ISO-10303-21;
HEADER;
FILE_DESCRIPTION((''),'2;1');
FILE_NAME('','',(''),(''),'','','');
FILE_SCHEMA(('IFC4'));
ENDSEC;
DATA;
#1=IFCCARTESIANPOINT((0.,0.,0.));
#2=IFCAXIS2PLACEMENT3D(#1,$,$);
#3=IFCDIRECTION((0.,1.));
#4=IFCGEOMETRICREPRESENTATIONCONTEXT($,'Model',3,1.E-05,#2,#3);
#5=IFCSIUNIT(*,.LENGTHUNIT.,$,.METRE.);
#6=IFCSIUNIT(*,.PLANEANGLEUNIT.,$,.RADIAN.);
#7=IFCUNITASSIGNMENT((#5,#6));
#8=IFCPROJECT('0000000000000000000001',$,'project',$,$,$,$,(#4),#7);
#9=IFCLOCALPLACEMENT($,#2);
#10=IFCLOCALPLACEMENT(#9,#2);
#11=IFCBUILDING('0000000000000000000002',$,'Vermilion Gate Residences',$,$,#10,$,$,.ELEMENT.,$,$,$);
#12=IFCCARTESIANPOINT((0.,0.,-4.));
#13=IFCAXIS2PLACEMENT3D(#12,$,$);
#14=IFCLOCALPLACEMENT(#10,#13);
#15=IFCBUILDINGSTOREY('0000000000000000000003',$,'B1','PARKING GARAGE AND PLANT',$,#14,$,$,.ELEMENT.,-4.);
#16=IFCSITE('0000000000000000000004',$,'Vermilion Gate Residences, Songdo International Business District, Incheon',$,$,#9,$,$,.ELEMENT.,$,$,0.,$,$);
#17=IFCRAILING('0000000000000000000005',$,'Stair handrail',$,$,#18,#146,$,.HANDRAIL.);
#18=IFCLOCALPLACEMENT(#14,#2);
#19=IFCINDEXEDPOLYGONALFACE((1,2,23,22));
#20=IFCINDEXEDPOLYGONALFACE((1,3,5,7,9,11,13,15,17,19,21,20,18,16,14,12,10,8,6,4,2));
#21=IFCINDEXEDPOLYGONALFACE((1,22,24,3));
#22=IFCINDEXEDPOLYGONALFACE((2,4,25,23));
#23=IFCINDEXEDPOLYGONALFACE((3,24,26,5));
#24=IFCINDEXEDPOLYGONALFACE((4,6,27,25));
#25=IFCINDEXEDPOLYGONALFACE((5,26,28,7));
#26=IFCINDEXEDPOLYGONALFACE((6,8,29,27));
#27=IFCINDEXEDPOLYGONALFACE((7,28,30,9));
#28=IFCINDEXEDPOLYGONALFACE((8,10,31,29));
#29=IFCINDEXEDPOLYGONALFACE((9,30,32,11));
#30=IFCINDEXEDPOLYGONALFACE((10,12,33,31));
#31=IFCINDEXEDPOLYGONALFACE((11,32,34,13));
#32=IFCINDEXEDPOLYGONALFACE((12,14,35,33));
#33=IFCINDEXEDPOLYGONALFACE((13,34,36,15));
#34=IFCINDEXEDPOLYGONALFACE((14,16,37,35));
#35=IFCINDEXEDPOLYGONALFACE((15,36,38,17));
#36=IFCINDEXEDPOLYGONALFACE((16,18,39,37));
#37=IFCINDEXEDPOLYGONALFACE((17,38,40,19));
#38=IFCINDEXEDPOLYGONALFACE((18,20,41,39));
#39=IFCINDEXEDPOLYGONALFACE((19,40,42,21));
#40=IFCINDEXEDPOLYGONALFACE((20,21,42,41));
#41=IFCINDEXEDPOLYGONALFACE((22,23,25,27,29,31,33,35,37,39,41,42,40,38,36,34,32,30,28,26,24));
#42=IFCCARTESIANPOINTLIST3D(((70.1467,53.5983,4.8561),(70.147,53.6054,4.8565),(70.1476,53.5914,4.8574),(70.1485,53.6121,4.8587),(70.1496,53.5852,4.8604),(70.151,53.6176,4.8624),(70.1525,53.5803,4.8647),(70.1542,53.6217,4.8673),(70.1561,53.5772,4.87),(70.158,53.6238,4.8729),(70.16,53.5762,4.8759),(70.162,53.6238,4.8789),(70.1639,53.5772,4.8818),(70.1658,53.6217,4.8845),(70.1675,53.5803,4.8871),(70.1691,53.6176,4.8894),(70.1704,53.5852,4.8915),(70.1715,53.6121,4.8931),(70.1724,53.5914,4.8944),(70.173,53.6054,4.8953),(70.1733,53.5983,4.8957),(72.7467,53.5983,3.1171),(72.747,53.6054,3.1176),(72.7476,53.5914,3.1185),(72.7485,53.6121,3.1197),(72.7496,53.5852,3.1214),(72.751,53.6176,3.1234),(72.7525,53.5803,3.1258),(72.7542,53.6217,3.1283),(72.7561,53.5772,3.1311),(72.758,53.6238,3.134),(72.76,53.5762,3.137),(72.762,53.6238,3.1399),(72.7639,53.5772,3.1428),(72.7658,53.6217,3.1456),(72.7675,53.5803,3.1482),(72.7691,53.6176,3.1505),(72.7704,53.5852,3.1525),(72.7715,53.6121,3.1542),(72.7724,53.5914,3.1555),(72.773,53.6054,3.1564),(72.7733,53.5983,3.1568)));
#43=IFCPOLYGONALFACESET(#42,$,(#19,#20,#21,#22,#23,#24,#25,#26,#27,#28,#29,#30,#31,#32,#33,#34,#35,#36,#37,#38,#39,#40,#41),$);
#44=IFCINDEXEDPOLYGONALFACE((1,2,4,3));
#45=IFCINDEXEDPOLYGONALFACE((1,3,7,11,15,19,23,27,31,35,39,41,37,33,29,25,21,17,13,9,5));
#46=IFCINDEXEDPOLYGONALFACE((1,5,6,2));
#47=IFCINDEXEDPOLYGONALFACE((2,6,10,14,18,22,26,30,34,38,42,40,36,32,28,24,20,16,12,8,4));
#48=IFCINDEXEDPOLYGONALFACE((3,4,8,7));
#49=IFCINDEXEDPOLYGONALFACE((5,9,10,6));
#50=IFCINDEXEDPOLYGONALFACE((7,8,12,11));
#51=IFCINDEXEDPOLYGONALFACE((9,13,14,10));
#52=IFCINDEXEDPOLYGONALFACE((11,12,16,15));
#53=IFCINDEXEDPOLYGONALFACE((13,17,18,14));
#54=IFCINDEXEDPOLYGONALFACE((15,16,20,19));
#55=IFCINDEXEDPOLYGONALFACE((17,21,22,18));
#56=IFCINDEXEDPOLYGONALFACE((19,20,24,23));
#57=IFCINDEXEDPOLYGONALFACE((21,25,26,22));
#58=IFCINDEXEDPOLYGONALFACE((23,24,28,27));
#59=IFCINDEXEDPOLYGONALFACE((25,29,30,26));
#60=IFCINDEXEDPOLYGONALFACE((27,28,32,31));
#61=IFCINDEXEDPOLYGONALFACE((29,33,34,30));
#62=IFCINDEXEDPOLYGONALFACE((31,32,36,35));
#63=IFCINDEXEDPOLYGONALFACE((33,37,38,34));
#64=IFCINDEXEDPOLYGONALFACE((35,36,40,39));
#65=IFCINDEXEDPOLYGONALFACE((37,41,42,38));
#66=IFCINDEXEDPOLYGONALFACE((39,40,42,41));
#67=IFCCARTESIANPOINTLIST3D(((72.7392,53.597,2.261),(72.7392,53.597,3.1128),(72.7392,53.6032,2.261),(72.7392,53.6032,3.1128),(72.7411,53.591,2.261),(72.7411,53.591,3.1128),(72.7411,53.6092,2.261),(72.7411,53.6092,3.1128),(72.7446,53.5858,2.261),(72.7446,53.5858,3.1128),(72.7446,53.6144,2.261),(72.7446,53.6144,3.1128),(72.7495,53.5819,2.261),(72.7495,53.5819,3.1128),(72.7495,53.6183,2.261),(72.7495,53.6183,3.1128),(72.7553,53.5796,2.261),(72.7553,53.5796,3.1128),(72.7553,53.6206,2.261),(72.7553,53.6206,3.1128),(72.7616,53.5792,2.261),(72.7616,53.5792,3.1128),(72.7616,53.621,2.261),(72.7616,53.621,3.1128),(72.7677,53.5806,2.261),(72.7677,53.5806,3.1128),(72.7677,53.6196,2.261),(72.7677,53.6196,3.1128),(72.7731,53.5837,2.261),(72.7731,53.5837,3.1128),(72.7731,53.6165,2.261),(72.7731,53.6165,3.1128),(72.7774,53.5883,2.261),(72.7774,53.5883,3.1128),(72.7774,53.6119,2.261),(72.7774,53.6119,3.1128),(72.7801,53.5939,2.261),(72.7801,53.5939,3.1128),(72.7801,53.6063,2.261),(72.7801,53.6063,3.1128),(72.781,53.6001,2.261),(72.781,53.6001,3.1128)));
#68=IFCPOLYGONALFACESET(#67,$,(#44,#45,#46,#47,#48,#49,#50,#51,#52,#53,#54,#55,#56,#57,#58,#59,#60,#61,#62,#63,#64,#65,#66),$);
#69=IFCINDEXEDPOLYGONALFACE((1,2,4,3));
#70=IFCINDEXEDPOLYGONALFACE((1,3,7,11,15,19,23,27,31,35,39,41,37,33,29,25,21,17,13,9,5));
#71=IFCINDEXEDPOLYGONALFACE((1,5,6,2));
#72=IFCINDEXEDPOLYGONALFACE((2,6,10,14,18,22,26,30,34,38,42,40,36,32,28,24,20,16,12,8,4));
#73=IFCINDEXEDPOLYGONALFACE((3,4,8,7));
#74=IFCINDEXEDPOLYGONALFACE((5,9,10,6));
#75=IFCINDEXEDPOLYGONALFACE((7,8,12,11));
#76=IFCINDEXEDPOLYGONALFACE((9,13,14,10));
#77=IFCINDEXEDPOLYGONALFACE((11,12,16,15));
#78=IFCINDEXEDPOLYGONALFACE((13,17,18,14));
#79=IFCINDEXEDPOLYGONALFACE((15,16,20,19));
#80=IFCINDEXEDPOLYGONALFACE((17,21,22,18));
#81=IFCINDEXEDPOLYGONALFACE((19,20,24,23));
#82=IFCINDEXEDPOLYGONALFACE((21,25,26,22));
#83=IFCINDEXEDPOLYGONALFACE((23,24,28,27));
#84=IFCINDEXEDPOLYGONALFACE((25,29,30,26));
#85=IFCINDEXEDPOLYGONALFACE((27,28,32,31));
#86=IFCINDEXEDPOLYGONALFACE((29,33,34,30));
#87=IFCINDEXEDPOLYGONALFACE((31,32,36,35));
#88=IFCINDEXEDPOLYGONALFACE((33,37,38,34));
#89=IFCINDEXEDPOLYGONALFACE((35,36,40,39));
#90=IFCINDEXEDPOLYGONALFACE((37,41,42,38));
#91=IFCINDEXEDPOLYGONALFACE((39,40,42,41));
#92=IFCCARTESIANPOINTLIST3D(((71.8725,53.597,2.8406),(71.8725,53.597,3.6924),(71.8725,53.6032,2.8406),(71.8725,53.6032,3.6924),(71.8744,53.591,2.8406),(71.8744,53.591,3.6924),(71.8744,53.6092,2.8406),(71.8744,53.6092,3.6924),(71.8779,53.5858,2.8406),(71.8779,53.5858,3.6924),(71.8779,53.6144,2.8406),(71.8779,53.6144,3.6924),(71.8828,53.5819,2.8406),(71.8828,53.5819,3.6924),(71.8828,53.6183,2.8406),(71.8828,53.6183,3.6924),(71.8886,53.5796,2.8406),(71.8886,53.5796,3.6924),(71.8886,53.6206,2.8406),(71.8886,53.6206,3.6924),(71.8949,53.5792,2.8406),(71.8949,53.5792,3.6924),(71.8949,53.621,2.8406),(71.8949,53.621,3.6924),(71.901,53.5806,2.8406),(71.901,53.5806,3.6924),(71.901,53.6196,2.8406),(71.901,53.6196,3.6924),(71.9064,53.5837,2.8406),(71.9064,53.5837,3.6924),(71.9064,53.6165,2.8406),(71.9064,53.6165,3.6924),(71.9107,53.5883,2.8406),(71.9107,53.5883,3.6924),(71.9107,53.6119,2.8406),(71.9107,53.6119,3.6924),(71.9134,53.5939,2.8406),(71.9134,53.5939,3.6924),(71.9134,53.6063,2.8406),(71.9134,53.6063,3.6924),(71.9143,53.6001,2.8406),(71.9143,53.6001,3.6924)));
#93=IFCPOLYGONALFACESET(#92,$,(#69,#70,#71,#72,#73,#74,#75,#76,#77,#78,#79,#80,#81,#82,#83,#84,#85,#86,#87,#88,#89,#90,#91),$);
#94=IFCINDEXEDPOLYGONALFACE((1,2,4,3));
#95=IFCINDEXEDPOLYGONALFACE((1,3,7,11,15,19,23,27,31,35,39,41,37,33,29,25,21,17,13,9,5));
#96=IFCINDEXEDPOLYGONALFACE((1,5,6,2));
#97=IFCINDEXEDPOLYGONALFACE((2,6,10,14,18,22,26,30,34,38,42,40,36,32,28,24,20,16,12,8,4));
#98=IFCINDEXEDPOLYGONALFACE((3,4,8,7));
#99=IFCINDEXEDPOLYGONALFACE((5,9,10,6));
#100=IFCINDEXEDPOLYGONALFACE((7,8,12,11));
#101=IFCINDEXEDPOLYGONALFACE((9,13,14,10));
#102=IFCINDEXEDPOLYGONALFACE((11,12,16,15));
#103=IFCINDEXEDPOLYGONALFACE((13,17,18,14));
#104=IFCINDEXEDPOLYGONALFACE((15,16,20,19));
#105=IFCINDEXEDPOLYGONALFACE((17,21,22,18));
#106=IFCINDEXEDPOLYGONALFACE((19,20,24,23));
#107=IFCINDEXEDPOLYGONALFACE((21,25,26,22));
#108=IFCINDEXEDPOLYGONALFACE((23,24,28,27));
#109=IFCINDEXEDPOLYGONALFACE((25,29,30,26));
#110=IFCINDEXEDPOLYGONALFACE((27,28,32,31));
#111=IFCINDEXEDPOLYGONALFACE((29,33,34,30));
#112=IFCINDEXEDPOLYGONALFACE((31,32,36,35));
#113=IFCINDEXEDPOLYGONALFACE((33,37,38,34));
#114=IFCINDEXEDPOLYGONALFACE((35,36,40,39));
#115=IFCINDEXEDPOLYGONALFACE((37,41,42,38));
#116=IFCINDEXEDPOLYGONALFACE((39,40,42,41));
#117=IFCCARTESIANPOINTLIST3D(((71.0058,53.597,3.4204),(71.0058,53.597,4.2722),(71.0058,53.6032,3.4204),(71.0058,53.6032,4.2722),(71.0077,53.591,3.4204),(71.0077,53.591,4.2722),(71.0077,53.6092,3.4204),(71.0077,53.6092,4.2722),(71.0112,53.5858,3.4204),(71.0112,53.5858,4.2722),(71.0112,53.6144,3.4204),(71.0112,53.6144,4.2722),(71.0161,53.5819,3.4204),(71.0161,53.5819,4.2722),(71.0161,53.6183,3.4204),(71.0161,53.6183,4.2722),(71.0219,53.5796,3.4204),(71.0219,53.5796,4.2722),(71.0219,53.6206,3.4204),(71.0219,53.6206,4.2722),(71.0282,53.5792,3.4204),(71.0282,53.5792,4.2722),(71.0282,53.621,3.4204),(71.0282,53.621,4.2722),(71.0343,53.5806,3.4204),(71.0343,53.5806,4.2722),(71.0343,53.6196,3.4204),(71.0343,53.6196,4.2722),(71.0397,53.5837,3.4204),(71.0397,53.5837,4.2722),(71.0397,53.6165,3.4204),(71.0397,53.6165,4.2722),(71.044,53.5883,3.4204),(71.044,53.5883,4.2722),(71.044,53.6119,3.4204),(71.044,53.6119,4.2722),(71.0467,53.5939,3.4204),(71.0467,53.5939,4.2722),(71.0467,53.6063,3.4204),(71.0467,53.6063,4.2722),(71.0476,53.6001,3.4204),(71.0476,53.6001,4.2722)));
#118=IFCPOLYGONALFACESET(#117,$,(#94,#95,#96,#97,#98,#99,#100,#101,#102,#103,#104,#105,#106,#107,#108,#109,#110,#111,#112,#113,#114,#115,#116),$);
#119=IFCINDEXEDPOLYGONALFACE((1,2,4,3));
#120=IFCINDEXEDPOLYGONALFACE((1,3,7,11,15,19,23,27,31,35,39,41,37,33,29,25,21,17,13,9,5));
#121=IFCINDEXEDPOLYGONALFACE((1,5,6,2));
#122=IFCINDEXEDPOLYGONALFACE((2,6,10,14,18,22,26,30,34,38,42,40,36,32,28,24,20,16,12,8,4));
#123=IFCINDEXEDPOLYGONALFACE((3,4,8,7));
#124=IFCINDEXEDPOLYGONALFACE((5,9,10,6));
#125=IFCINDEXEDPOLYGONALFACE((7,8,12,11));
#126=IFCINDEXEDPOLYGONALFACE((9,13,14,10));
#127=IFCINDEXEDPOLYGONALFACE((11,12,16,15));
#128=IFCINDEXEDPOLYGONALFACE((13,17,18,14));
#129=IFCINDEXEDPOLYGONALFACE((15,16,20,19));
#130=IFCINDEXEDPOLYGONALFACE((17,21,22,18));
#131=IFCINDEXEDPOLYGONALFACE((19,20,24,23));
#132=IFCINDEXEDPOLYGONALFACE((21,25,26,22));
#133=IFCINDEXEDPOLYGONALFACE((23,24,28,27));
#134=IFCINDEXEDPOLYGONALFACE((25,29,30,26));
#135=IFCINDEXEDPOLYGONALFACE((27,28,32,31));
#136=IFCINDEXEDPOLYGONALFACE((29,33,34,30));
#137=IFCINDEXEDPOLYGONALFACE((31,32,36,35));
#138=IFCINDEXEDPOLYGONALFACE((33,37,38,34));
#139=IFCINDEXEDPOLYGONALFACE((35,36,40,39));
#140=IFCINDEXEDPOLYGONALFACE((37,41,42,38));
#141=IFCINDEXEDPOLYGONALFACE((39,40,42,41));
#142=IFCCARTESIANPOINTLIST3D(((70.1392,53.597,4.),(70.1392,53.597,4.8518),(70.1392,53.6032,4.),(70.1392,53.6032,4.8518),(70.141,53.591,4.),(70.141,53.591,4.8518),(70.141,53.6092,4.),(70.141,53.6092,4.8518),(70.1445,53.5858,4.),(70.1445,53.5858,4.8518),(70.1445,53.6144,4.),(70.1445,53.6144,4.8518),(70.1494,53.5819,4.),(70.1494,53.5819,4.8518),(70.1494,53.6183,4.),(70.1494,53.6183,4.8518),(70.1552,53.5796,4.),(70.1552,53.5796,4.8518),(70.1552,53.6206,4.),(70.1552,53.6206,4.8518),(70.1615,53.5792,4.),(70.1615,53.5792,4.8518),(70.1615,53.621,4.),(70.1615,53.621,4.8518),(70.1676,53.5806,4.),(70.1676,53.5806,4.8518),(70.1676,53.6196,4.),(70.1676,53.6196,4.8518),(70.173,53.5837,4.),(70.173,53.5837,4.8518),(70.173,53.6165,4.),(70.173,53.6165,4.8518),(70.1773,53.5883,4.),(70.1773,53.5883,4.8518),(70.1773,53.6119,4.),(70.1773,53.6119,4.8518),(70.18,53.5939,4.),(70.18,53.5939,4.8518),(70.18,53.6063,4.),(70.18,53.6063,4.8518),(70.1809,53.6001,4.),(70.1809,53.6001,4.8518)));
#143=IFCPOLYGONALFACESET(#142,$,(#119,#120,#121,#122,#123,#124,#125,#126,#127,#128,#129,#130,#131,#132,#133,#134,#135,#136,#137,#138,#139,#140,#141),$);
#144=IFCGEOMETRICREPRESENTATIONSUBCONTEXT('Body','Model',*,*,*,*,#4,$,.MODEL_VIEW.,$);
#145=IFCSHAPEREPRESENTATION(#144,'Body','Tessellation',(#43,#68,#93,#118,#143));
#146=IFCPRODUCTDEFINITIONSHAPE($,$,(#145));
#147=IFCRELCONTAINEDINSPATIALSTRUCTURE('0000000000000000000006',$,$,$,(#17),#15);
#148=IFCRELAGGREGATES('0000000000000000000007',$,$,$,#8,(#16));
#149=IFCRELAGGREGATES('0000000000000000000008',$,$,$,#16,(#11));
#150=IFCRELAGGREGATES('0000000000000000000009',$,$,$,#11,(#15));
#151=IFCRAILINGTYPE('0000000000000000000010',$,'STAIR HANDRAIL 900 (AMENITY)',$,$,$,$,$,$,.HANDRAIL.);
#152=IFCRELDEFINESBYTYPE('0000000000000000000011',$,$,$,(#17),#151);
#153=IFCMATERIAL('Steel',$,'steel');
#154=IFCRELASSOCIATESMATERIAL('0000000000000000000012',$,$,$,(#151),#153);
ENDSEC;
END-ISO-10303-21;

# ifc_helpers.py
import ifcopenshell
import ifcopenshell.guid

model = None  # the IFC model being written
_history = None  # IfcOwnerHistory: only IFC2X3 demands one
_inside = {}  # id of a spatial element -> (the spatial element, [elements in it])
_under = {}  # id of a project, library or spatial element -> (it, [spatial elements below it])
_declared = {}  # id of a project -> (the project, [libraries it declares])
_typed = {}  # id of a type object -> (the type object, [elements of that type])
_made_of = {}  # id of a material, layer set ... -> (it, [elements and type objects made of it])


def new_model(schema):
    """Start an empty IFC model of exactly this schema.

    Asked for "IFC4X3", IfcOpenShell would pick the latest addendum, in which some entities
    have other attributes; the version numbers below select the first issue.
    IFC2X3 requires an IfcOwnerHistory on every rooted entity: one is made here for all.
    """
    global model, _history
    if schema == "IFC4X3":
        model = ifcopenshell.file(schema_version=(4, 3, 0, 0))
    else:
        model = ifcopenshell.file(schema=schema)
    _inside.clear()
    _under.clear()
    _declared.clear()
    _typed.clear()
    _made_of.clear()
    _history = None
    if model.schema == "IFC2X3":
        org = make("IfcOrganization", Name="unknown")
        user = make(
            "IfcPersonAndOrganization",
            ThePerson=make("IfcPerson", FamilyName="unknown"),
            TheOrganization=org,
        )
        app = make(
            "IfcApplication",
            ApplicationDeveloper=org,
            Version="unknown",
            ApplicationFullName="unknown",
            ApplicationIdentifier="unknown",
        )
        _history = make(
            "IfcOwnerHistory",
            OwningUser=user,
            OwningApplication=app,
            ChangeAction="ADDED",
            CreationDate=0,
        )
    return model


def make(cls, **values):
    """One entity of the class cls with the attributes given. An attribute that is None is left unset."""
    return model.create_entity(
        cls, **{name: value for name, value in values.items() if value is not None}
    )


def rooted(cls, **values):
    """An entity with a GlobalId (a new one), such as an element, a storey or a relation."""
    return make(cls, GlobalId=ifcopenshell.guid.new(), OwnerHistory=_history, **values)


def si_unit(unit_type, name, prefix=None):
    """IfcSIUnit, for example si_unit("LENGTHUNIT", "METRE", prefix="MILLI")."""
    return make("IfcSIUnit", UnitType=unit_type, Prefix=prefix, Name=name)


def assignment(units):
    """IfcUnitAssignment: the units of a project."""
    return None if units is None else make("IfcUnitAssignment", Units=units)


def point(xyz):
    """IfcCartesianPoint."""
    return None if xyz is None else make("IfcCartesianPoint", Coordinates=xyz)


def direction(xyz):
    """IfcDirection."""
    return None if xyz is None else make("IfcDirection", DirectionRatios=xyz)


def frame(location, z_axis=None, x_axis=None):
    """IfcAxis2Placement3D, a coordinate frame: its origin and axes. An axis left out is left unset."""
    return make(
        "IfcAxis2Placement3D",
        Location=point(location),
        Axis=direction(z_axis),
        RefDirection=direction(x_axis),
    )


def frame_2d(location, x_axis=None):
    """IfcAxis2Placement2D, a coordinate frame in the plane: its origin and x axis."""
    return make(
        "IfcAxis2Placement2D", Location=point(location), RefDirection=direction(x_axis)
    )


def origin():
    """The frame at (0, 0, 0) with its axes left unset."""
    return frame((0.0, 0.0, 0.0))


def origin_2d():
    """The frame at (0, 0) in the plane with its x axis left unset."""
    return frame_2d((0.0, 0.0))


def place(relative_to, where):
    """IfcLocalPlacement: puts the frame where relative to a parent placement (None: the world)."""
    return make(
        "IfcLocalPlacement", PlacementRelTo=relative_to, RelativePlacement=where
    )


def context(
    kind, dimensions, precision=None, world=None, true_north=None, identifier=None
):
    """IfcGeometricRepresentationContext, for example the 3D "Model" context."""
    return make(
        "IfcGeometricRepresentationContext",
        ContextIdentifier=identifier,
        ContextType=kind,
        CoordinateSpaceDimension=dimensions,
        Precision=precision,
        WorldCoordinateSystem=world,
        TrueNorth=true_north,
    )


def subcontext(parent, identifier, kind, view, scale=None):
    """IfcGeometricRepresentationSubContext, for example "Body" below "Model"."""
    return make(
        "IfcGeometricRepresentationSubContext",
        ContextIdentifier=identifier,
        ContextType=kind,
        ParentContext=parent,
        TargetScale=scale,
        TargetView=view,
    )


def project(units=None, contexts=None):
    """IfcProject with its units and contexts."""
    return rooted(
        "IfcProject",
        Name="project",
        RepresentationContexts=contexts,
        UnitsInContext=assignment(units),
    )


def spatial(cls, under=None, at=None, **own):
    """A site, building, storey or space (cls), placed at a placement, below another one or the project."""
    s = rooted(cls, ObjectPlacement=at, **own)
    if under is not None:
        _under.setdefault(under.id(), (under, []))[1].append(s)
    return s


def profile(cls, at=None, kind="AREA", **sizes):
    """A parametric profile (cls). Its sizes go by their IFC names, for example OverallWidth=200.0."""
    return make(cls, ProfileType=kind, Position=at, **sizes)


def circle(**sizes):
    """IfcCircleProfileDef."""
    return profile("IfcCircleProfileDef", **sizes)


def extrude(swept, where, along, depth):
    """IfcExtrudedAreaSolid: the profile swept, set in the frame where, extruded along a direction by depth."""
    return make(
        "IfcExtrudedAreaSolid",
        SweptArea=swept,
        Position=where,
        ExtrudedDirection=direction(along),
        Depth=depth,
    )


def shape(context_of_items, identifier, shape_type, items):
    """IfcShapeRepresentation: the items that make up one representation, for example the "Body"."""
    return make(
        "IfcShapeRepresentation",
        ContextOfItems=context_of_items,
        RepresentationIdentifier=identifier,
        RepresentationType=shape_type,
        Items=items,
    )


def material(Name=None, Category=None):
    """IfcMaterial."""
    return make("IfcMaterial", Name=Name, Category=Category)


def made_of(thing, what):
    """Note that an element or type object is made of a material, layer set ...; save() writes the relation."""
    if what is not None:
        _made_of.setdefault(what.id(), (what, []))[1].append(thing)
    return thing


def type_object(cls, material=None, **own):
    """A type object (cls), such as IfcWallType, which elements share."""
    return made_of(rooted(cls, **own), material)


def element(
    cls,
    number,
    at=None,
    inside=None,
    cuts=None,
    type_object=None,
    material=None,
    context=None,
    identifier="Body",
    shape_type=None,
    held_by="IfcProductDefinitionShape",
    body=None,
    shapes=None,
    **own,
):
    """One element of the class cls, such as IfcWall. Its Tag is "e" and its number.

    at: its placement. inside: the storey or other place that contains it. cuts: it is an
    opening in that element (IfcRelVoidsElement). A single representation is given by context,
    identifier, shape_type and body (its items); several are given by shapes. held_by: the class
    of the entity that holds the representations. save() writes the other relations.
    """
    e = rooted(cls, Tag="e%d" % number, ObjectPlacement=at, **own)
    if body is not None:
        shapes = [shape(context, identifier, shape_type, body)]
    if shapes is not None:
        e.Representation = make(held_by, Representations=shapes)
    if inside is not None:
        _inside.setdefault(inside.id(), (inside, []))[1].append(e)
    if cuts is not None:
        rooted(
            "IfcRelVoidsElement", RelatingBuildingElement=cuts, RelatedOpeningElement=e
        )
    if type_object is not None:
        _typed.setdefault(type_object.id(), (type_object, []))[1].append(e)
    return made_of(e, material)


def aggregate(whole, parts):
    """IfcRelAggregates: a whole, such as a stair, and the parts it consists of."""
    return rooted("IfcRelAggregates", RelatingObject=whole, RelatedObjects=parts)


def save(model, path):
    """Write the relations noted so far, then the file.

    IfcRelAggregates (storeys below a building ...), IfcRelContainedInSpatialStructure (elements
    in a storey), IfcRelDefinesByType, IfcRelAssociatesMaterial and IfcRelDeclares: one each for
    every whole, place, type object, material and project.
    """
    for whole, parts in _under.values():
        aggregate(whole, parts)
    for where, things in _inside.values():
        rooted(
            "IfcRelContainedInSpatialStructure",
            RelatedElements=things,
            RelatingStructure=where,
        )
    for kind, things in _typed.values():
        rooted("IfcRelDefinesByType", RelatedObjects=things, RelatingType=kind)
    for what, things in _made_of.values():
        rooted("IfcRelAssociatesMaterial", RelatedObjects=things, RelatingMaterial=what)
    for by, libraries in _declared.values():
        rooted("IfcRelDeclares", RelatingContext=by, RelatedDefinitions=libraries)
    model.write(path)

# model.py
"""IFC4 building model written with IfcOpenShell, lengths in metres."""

from ifc_helpers import new_model, si_unit, direction, frame, origin, origin_2d, place, context, subcontext, project, spatial, circle, extrude, material, type_object, element, save


model = new_model("IFC4")

# Units and contexts
model_context = context("Model", 3, precision=1e-05, world=origin(), true_north=direction((0.0, 1.0)))
body_context = subcontext(model_context, "Body", "Model", "MODEL_VIEW")
ifc_project = project(units=[si_unit("LENGTHUNIT", "METRE"), si_unit("PLANEANGLEUNIT", "RADIAN")], contexts=[model_context])

# Site, building, storey
site_placement = place(None, origin())
site = spatial("IfcSite", under=ifc_project, at=site_placement, Name="Vermilion Gate Residences, Songdo International Business District, Incheon", CompositionType="ELEMENT", RefElevation=0.0)
building_placement = place(site_placement, origin())
building = spatial("IfcBuilding", under=site, at=building_placement, Name="Vermilion Gate Residences", CompositionType="ELEMENT")
storey_placement = place(building_placement, frame((0.0, 0.0, -4.0)))
storey = spatial("IfcBuildingStorey", under=building, at=storey_placement, Name="B1", Description="PARKING GARAGE AND PLANT", CompositionType="ELEMENT", Elevation=-4.0)

# Railing
ifc_material_1 = material(Name="Steel", Category="steel")
railing_type = type_object("IfcRailingType", Name="STAIR HANDRAIL 900 (AMENITY)", PredefinedType="HANDRAIL", material=ifc_material_1)
railing_1_placement = place(storey_placement, frame((72.76, 53.6001, 2.261)))
element("IfcRailing", 1, at=railing_1_placement, inside=storey, type_object=railing_type, Name="Stair handrail", PredefinedType="HANDRAIL", context=body_context, shape_type="SweptSolid", body=[
    extrude(circle(Radius=0.0239, at=origin_2d()), frame((0.0, 0.0, 0.876), z_axis=(-0.831221, 0.0, 0.555942), x_axis=(0.0, -1.0, 0.0)), (0.0, 0.0, 1.0), 3.1279),
    extrude(circle(Radius=0.021, at=origin_2d()), origin(), (0.0, 0.0, 1.0), 0.8518),
    extrude(circle(Radius=0.021, at=origin_2d()), frame((-0.8667, 0.0, 0.5796)), (0.0, 0.0, 1.0), 0.8518),
    extrude(circle(Radius=0.021, at=origin_2d()), frame((-1.7334, 0.0, 1.1594)), (0.0, 0.0, 1.0), 0.8518),
    extrude(circle(Radius=0.021, at=origin_2d()), frame((-2.6001, 0.0, 1.739)), (0.0, 0.0, 1.0), 0.8518),
])

save(model, "model.ifc")
